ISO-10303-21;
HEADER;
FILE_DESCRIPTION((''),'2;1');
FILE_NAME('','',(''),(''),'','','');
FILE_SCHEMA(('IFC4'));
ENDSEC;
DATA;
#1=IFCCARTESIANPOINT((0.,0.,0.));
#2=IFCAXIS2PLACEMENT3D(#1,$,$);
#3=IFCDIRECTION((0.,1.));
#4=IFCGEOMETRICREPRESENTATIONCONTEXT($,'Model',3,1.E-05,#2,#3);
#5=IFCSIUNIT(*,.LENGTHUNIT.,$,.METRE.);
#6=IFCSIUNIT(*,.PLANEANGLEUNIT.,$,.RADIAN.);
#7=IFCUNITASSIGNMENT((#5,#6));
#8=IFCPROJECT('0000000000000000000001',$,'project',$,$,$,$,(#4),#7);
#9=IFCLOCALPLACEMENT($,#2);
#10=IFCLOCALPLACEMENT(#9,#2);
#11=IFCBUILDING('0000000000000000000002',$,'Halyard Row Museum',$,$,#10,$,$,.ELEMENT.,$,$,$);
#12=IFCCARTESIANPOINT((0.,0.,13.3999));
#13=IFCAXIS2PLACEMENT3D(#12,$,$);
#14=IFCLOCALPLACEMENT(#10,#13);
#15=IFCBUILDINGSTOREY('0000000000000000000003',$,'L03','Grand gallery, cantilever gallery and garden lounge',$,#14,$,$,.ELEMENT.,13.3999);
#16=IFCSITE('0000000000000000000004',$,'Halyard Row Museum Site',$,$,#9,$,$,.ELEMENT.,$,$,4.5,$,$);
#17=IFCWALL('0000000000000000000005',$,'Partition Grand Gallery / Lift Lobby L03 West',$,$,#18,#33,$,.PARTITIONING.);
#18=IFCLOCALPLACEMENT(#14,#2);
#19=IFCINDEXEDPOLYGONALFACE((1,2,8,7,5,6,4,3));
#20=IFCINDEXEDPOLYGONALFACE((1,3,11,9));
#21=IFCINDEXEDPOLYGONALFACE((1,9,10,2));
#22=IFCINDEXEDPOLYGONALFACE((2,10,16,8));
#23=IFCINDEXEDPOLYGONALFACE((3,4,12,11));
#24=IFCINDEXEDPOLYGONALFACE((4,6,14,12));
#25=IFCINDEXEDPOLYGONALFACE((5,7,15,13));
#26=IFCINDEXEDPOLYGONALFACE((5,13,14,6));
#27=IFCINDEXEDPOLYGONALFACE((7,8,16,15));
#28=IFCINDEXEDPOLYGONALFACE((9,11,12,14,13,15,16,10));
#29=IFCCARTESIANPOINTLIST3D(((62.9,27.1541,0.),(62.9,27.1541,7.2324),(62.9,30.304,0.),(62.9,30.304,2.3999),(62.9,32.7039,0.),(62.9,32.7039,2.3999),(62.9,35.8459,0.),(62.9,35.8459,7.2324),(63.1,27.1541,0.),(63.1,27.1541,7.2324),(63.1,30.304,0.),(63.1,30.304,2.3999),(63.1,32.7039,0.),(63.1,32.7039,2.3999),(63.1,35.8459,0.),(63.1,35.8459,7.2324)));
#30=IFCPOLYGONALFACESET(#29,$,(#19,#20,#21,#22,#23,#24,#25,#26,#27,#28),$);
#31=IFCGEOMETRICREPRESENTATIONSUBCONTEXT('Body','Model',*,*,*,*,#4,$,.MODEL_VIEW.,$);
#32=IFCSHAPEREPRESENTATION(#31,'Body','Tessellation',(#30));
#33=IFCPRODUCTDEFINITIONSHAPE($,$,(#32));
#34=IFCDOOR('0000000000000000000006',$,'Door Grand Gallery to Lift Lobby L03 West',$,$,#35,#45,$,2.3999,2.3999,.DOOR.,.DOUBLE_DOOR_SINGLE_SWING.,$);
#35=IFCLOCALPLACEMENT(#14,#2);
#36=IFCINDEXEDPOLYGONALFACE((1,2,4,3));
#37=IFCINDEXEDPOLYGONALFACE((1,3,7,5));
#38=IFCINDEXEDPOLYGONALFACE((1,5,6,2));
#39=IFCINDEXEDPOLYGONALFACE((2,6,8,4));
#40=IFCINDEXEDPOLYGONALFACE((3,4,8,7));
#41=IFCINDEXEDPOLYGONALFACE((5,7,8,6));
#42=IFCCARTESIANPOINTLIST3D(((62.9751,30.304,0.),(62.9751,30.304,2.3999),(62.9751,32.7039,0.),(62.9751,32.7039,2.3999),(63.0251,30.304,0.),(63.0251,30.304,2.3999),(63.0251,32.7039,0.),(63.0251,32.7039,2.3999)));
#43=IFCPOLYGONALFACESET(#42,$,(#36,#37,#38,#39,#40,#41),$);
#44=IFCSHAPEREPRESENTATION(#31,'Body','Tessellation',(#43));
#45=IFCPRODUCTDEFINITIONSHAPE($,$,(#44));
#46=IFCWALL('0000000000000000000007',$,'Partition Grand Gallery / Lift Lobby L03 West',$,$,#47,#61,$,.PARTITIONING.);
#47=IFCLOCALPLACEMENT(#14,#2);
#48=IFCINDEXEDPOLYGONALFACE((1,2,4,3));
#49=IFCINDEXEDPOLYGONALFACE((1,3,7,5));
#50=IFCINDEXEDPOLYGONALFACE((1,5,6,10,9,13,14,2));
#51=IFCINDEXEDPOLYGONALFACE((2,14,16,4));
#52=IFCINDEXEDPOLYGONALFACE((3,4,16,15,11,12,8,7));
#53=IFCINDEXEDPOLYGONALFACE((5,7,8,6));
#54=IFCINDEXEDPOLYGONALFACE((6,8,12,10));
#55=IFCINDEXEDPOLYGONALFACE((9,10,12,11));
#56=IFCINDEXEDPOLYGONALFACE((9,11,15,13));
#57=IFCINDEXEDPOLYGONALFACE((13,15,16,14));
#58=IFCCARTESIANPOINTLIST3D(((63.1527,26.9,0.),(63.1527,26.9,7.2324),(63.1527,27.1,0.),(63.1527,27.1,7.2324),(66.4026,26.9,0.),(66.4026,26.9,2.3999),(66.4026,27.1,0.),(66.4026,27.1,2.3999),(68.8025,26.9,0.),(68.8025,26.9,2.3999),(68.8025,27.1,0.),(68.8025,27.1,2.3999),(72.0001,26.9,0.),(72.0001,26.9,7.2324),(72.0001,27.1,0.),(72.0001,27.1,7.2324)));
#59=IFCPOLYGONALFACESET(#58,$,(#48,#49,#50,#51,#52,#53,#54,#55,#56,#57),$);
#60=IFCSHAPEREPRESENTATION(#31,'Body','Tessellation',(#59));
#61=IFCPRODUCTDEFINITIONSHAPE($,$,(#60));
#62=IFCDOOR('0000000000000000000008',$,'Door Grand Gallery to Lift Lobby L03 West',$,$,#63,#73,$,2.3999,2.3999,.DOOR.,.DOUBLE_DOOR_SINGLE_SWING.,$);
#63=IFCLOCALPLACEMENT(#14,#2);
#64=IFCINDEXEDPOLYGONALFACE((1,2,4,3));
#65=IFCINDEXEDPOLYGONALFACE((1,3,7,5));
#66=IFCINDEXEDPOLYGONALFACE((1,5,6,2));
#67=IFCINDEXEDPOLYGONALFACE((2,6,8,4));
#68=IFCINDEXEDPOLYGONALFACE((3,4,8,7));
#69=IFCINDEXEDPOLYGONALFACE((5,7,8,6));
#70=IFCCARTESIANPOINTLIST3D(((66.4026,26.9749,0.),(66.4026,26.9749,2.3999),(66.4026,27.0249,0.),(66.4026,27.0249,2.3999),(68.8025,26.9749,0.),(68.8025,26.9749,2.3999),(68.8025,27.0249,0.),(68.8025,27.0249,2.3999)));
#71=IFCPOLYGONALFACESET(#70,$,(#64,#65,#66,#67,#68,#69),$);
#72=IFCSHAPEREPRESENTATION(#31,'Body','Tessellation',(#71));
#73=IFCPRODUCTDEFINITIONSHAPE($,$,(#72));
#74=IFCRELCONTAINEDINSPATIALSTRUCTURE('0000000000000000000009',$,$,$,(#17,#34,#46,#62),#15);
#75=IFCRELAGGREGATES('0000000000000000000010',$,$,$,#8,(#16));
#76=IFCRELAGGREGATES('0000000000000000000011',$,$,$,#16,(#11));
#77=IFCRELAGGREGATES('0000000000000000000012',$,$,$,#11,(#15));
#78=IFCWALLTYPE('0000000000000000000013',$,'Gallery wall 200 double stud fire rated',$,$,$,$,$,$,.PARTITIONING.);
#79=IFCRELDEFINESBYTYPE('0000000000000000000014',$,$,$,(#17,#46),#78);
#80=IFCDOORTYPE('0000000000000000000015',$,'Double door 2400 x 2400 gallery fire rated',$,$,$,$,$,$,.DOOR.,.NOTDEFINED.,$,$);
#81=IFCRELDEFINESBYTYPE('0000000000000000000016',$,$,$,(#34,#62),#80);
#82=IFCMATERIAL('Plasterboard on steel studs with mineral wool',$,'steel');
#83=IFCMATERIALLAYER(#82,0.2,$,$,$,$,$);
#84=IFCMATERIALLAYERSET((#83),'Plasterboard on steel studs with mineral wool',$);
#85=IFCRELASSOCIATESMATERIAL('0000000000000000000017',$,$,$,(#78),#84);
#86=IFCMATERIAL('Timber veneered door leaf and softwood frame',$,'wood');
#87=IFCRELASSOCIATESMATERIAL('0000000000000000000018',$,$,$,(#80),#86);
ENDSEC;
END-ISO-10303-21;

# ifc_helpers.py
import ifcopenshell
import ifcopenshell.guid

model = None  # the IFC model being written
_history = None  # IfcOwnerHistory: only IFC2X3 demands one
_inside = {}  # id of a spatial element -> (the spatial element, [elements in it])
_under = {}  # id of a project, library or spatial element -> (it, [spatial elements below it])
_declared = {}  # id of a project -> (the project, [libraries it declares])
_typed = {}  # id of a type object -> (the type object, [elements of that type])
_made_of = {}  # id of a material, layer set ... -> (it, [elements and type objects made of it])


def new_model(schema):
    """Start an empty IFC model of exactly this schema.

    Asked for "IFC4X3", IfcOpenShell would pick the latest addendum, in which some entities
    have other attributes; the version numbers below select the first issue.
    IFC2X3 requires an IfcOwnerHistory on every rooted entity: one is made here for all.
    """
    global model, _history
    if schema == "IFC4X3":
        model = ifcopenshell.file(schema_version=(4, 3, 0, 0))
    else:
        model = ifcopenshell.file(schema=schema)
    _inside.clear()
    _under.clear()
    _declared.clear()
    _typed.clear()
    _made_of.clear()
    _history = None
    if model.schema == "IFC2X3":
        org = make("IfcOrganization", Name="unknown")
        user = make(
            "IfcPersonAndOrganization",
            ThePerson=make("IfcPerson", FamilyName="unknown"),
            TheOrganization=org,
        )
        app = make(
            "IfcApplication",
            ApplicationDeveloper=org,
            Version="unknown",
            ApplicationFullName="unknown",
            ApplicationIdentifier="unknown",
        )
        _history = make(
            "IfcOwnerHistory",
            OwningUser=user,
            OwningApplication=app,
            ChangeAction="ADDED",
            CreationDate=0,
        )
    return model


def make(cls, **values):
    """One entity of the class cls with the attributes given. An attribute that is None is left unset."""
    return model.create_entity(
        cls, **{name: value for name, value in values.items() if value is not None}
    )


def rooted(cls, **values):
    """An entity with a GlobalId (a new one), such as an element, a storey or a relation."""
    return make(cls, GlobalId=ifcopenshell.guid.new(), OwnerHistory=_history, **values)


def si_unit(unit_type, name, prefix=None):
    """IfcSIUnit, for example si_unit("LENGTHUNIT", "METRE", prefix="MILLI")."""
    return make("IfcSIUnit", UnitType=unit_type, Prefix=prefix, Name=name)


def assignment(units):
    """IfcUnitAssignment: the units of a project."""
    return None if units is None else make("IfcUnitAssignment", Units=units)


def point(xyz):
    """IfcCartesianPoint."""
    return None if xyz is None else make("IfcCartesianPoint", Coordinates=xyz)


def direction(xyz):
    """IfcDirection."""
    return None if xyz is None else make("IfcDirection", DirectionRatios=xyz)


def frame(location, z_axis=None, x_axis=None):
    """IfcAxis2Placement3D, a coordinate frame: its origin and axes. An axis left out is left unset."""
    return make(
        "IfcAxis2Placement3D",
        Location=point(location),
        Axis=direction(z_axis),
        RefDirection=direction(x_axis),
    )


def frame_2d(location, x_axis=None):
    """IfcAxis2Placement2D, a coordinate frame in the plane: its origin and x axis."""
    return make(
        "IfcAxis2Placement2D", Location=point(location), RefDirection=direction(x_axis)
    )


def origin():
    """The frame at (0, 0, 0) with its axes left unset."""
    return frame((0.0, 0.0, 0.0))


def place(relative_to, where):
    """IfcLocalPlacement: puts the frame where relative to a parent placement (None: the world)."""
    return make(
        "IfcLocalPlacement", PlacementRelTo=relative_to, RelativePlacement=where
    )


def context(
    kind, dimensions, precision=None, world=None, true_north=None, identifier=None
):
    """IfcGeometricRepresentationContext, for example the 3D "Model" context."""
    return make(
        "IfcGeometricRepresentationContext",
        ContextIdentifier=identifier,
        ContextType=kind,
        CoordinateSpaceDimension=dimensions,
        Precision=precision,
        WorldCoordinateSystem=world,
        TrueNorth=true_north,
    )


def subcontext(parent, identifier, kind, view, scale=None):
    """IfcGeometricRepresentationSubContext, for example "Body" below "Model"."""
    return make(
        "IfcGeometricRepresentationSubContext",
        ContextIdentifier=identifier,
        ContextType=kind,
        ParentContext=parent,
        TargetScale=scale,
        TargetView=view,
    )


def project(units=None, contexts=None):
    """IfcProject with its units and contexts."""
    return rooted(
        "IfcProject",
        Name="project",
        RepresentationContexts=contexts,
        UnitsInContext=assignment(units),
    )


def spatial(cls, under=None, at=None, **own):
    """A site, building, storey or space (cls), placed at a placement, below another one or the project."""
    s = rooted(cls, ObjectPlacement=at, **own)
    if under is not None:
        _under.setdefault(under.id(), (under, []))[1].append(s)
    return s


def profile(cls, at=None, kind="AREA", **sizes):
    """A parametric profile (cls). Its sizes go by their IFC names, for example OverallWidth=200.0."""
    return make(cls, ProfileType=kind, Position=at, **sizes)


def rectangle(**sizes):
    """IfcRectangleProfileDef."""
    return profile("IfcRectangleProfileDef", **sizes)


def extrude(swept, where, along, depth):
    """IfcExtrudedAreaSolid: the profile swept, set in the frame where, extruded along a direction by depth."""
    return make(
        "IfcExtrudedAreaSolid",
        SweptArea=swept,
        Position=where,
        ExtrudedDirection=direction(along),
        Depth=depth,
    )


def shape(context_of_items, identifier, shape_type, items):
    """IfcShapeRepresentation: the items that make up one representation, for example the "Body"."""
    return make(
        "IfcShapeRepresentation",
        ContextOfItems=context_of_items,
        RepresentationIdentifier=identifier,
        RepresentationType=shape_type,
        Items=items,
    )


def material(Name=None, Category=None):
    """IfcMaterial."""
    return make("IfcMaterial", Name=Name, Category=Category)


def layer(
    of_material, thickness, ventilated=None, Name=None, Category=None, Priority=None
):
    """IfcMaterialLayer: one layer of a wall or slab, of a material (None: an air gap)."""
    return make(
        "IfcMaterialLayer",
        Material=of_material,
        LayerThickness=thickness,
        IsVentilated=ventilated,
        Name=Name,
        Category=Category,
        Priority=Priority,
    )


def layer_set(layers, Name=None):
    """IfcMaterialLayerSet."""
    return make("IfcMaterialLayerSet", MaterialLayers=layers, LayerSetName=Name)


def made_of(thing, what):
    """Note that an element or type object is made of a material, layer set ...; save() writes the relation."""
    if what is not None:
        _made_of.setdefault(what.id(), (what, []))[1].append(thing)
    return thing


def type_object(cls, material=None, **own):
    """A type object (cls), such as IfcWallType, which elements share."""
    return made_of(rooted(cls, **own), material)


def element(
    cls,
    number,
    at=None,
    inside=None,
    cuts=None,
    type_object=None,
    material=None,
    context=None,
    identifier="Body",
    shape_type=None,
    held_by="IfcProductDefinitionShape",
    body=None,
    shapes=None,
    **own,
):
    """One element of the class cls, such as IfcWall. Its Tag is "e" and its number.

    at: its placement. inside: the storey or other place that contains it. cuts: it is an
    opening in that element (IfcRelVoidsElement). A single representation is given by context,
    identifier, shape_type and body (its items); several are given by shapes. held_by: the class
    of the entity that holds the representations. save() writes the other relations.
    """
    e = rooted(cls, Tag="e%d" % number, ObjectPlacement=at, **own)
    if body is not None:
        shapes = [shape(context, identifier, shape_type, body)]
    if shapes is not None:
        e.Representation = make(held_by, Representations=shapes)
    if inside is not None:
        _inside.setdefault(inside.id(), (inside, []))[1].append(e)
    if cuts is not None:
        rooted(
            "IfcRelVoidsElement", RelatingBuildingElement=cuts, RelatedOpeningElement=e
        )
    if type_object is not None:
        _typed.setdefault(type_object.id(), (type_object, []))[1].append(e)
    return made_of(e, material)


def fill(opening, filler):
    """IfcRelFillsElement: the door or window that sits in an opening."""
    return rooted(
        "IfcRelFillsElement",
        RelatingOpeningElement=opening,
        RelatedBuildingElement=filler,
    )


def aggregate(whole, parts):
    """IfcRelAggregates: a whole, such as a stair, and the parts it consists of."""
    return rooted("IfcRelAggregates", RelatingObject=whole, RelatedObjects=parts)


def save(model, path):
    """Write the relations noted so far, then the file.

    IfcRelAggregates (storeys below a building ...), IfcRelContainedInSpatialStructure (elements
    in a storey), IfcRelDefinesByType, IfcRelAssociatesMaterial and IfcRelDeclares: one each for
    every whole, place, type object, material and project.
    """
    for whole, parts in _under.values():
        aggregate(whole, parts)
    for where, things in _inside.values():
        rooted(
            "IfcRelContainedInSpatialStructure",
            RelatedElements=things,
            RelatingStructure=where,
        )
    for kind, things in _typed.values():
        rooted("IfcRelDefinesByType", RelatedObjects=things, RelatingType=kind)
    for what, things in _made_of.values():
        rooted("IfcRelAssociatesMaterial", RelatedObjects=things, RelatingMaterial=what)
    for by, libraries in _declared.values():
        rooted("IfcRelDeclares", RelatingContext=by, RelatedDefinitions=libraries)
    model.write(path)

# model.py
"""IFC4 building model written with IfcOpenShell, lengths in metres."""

from ifc_helpers import new_model, si_unit, direction, frame, frame_2d, origin, place, context, subcontext, project, spatial, rectangle, extrude, material, layer, layer_set, type_object, element, fill, save


model = new_model("IFC4")

# Units and contexts
model_context = context("Model", 3, precision=1e-05, world=origin(), true_north=direction((0.0, 1.0)))
body_context = subcontext(model_context, "Body", "Model", "MODEL_VIEW")
ifc_project = project(units=[si_unit("LENGTHUNIT", "METRE"), si_unit("PLANEANGLEUNIT", "RADIAN")], contexts=[model_context])

# Site, building, storey
site_placement = place(None, origin())
site = spatial("IfcSite", under=ifc_project, at=site_placement, Name="Halyard Row Museum Site", CompositionType="ELEMENT", RefElevation=4.5)
building_placement = place(site_placement, origin())
building = spatial("IfcBuilding", under=site, at=building_placement, Name="Halyard Row Museum", CompositionType="ELEMENT")
storey_placement = place(building_placement, frame((0.0, 0.0, 13.3999)))
storey = spatial("IfcBuildingStorey", under=building, at=storey_placement, Name="L03", Description="Grand gallery, cantilever gallery and garden lounge", CompositionType="ELEMENT", Elevation=13.3999)

# Walls, openings, doors
ifc_material_1 = material(Name="Plasterboard on steel studs with mineral wool", Category="steel")
ifc_layer = layer(ifc_material_1, 0.2)
ifc_layer_set = layer_set([ifc_layer], Name="Plasterboard on steel studs with mineral wool")
wall_type = type_object("IfcWallType", Name="Gallery wall 200 double stud fire rated", PredefinedType="PARTITIONING", material=ifc_layer_set)
wall_1_placement = place(storey_placement, frame((63.0, 27.1541, 0.0), z_axis=(0.0, 0.0, 1.0), x_axis=(0.0, 1.0, 0.0)))
wall_1 = element("IfcWall", 1, at=wall_1_placement, inside=storey, type_object=wall_type, Name="Partition Grand Gallery / Lift Lobby L03 West", PredefinedType="PARTITIONING", context=body_context, shape_type="SweptSolid", body=[
    extrude(rectangle(XDim=8.6919, YDim=0.2, at=frame_2d((4.3459, 0.0))), origin(), (0.0, 0.0, 1.0), 7.2324),
])
opening_1_placement = place(wall_1_placement, frame((3.1499, 0.0, 0.0)))
opening_1 = element("IfcOpeningElement", 2, at=opening_1_placement, cuts=wall_1, PredefinedType="OPENING", context=body_context, shape_type="SweptSolid", body=[
    extrude(rectangle(XDim=2.3999, YDim=2.3999, at=frame_2d((1.2, 1.2))), frame((0.0, 0.1099, 0.0), z_axis=(0.0, -1.0, 0.0), x_axis=(1.0, 0.0, 0.0)), (0.0, 0.0, 1.0), 0.22),
])
ifc_material_2 = material(Name="Timber veneered door leaf and softwood frame", Category="wood")
door_type = type_object("IfcDoorType", Name="Double door 2400 x 2400 gallery fire rated", OperationType="NOTDEFINED", PredefinedType="DOOR", material=ifc_material_2)
door_1_placement = place(opening_1_placement, origin())
door_1 = element("IfcDoor", 3, at=door_1_placement, inside=storey, type_object=door_type, Name="Door Grand Gallery to Lift Lobby L03 West", OperationType="DOUBLE_DOOR_SINGLE_SWING", OverallHeight=2.3999, OverallWidth=2.3999, PredefinedType="DOOR", context=body_context, shape_type="SweptSolid", body=[
    extrude(rectangle(XDim=2.3999, YDim=2.3999, at=frame_2d((1.2, 1.2))), frame((0.0, 0.0249, 0.0), z_axis=(0.0, -1.0, 0.0), x_axis=(1.0, 0.0, 0.0)), (0.0, 0.0, 1.0), 0.05),
])
fill(opening_1, door_1)
wall_2_placement = place(storey_placement, frame((63.1526, 27.0, 0.0), z_axis=(0.0, 0.0, 1.0), x_axis=(1.0, 0.0, 0.0)))
wall_2 = element("IfcWall", 4, at=wall_2_placement, inside=storey, type_object=wall_type, Name="Partition Grand Gallery / Lift Lobby L03 West", PredefinedType="PARTITIONING", context=body_context, shape_type="SweptSolid", body=[
    extrude(rectangle(XDim=8.8474, YDim=0.2, at=frame_2d((4.4238, 0.0))), origin(), (0.0, 0.0, 1.0), 7.2324),
])
opening_2_placement = place(wall_2_placement, frame((3.25, 0.0, 0.0)))
opening_2 = element("IfcOpeningElement", 5, at=opening_2_placement, cuts=wall_2, PredefinedType="OPENING", context=body_context, shape_type="SweptSolid", body=[
    extrude(rectangle(XDim=2.3999, YDim=2.3999, at=frame_2d((1.2, 1.2))), frame((0.0, 0.1099, 0.0), z_axis=(0.0, -1.0, 0.0), x_axis=(1.0, 0.0, 0.0)), (0.0, 0.0, 1.0), 0.22),
])
door_2_placement = place(opening_2_placement, origin())
door_2 = element("IfcDoor", 6, at=door_2_placement, inside=storey, type_object=door_type, Name="Door Grand Gallery to Lift Lobby L03 West", OperationType="DOUBLE_DOOR_SINGLE_SWING", OverallHeight=2.3999, OverallWidth=2.3999, PredefinedType="DOOR", context=body_context, shape_type="SweptSolid", body=[
    extrude(rectangle(XDim=2.3999, YDim=2.3999, at=frame_2d((1.2, 1.2))), frame((0.0, 0.0249, 0.0), z_axis=(0.0, -1.0, 0.0), x_axis=(1.0, 0.0, 0.0)), (0.0, 0.0, 1.0), 0.05),
])
fill(opening_2, door_2)

save(model, "model.ifc")
